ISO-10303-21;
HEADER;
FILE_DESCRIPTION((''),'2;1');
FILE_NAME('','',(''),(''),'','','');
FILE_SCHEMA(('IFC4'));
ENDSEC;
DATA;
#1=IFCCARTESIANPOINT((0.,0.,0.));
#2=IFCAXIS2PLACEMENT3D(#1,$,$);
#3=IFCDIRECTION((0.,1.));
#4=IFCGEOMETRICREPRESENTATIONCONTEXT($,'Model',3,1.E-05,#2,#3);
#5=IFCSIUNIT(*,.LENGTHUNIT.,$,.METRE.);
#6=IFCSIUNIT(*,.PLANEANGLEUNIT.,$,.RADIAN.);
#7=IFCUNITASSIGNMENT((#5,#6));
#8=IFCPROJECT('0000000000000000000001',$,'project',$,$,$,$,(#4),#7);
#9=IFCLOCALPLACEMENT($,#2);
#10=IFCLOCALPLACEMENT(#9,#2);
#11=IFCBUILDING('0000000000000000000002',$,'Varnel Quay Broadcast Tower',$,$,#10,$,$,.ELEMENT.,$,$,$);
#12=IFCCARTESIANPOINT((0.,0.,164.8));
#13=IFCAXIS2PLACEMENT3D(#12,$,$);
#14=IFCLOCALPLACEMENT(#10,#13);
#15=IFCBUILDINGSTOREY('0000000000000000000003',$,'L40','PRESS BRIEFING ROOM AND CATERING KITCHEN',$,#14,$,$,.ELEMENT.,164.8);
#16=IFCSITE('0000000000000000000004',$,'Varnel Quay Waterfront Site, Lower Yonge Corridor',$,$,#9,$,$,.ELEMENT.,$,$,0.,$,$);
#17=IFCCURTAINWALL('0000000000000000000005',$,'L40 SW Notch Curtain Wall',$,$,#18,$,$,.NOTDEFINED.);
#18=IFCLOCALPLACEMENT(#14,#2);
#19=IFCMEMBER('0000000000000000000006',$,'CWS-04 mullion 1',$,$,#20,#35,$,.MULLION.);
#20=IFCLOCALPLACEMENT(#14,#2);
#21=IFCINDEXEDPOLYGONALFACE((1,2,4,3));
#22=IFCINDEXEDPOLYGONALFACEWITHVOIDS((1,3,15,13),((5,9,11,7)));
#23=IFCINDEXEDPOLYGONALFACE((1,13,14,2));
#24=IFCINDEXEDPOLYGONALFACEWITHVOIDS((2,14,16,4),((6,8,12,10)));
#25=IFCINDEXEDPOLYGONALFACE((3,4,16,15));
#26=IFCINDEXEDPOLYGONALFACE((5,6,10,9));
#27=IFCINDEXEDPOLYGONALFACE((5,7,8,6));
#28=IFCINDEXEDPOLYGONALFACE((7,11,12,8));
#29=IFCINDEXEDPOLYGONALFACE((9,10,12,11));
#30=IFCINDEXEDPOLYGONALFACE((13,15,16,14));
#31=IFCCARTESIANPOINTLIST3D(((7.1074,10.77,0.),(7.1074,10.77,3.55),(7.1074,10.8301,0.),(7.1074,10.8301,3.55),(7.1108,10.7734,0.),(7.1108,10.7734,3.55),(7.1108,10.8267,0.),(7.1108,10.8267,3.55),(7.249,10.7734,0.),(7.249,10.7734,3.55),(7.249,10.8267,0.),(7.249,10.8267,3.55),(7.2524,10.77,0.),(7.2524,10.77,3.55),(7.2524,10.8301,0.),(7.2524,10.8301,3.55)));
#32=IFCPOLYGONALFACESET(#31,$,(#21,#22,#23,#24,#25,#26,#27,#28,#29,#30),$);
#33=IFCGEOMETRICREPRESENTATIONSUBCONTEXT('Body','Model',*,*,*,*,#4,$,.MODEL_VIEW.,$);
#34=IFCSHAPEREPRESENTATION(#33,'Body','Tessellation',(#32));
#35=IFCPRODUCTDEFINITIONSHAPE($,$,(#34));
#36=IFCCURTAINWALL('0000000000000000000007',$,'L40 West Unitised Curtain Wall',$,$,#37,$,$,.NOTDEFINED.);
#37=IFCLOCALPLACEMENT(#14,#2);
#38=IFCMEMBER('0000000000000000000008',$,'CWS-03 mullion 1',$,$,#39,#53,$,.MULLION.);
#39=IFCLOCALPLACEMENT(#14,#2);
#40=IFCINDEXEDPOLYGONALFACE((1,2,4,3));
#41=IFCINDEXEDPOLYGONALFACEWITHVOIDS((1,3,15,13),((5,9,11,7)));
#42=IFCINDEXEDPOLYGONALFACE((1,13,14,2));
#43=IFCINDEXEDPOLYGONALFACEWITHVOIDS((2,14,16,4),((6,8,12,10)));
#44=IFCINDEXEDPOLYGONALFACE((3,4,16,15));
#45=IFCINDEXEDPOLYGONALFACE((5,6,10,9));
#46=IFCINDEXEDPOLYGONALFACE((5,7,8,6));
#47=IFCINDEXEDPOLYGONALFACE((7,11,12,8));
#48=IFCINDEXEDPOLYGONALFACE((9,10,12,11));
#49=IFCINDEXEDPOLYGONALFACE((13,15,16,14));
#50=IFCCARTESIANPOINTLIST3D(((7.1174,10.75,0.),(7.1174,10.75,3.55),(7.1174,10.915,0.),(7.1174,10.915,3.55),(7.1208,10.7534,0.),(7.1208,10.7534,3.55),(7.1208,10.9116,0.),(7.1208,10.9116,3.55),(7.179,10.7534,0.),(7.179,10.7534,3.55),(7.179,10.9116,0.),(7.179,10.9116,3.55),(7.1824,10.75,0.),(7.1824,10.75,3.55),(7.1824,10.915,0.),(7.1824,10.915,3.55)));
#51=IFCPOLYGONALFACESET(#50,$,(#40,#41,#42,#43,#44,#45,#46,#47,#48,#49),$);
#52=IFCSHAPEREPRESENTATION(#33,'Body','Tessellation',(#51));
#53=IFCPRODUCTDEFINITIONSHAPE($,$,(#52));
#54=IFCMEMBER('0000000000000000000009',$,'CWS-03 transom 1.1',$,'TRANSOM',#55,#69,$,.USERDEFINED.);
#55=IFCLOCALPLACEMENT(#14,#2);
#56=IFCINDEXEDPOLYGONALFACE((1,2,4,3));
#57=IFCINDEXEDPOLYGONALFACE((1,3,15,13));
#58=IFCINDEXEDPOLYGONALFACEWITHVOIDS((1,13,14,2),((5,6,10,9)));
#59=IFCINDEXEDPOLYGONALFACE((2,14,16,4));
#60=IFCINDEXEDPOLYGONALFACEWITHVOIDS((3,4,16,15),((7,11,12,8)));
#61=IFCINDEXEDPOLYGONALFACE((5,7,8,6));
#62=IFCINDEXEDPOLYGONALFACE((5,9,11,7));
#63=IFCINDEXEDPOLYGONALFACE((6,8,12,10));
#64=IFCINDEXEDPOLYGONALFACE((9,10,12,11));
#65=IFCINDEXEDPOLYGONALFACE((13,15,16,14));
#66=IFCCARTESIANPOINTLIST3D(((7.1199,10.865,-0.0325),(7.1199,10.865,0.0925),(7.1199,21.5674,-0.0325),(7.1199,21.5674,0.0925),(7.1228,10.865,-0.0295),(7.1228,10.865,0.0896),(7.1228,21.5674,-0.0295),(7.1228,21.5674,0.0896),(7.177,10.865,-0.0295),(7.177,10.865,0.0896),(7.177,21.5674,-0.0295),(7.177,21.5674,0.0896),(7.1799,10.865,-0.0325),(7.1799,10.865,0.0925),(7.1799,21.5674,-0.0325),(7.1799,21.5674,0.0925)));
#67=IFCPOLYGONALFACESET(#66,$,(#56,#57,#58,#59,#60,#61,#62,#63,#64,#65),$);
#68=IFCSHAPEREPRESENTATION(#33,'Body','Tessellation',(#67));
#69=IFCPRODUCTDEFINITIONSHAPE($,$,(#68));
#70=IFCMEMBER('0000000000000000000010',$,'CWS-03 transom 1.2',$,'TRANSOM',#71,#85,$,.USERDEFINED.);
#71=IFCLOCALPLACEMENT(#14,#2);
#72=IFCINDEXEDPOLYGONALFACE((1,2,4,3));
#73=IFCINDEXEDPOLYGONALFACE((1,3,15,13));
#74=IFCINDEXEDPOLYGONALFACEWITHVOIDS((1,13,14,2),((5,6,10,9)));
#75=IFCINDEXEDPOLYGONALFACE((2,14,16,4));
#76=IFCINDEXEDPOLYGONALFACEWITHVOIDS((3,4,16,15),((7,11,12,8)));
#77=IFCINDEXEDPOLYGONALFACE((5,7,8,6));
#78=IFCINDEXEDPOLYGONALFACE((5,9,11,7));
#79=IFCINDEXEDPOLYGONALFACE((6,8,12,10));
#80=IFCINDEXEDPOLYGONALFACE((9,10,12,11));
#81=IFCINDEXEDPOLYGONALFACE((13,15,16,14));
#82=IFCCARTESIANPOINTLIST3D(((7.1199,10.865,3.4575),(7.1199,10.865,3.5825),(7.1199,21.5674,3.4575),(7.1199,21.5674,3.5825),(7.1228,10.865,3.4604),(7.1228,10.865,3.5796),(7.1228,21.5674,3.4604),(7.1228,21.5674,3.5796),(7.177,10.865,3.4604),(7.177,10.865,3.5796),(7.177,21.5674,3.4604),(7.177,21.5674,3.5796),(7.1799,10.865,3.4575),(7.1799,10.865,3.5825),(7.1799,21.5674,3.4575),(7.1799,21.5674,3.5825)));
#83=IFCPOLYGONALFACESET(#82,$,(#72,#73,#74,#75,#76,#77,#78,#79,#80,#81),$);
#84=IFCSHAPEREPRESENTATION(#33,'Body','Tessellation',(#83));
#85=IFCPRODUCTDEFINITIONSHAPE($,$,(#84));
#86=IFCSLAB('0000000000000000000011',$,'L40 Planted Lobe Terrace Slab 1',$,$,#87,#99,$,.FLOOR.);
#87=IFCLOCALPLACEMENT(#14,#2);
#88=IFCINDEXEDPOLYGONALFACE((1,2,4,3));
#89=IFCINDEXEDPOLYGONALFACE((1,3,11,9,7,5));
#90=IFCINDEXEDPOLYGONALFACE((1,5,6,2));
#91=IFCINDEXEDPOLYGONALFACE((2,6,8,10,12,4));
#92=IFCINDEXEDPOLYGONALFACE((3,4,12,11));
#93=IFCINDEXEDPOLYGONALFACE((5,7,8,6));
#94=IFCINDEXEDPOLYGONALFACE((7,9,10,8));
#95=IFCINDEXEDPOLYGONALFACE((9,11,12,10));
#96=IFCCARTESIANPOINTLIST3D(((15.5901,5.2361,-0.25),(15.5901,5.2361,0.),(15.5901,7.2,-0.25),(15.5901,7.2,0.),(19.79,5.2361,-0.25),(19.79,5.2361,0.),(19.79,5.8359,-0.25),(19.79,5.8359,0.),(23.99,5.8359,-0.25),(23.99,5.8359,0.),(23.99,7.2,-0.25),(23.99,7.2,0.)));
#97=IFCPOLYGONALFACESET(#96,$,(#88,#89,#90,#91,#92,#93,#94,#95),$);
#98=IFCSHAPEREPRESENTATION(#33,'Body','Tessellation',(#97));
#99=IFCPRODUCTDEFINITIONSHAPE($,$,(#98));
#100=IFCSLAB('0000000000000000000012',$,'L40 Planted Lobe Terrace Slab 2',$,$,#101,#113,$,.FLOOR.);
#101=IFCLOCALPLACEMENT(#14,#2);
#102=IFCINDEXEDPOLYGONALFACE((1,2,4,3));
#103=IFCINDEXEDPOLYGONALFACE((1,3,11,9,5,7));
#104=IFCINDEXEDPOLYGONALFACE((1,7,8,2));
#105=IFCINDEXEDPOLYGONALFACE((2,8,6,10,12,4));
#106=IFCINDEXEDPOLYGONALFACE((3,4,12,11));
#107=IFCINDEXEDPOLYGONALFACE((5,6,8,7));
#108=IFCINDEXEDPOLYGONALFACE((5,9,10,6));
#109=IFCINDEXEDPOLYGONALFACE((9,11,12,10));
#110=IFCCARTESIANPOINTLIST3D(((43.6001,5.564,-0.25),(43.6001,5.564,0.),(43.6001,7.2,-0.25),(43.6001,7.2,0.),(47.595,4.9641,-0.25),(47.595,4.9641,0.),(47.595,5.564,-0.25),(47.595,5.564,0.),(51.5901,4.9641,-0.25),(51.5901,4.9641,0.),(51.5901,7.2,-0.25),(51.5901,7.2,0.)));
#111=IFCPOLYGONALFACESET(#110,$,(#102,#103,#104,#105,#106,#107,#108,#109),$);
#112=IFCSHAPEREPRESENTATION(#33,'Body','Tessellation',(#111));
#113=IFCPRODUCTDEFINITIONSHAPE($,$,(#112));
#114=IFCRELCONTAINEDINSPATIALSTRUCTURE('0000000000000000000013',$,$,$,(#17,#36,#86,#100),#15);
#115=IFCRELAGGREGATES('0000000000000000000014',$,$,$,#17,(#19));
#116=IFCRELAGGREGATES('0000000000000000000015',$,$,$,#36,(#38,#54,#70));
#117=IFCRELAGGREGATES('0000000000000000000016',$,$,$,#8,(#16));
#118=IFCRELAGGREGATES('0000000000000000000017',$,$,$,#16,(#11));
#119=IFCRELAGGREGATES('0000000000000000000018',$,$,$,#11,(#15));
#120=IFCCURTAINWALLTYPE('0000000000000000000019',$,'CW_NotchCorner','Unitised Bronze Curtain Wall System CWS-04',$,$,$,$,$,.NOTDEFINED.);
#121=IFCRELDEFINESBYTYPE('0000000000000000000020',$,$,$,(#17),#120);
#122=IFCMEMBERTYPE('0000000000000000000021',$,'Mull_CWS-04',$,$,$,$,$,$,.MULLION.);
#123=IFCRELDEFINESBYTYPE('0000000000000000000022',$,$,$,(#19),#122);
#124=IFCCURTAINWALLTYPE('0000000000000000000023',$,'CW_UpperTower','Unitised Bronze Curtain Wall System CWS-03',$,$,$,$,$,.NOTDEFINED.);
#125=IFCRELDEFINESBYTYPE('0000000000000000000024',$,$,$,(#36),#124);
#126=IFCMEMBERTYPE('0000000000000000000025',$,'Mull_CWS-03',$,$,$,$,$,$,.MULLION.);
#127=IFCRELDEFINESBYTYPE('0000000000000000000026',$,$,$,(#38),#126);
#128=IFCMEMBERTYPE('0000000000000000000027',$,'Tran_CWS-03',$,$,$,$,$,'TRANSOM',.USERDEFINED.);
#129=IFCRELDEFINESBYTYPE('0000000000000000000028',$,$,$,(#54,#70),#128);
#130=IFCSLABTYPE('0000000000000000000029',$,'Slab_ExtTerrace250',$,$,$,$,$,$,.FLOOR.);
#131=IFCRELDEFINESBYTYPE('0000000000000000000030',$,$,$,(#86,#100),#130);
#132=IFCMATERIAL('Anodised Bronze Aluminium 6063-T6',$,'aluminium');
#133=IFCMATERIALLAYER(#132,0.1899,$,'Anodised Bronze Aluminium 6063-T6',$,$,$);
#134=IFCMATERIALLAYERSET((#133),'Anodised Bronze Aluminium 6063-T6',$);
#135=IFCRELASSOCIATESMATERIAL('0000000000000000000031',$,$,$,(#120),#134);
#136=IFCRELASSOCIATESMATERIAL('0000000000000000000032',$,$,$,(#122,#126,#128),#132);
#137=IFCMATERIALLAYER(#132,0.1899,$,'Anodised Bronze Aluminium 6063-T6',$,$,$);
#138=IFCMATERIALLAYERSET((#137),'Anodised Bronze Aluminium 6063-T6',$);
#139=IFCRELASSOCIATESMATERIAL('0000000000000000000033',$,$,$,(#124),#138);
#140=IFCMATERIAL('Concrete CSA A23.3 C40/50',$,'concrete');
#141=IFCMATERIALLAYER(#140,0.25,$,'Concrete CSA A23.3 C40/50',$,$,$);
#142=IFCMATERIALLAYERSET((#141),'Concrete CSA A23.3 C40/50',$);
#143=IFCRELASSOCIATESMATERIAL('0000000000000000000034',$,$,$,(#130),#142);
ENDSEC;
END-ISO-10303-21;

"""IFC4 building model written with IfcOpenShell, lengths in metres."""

from ifc_helpers import new_model, si_unit, direction, frame, origin, origin_2d, place, context, subcontext, project, spatial, polyline, hollow_rectangle, outline, extrude, source, transform, mapped, material, layer, layer_set, material_profile, profile_set, type_object, type_shapes, element, aggregate, save


model = new_model("IFC4")

# Units and contexts
model_context = context("Model", 3, precision=1e-05, world=origin(), true_north=direction((0.0, 1.0)))
body_context = subcontext(model_context, "Body", "Model", "MODEL_VIEW")
ifc_project = project(units=[si_unit("LENGTHUNIT", "METRE"), si_unit("PLANEANGLEUNIT", "RADIAN")], contexts=[model_context])

# Site, building, storey
site_placement = place(None, origin())
site = spatial("IfcSite", under=ifc_project, at=site_placement, Name="Varnel Quay Waterfront Site, Lower Yonge Corridor", CompositionType="ELEMENT", RefElevation=0.0)
building_placement = place(site_placement, origin())
building = spatial("IfcBuilding", under=site, at=building_placement, Name="Varnel Quay Broadcast Tower", CompositionType="ELEMENT")
storey_placement = place(building_placement, frame((0.0, 0.0, 164.8)))
storey = spatial("IfcBuildingStorey", under=building, at=storey_placement, Name="L40", Description="PRESS BRIEFING ROOM AND CATERING KITCHEN", CompositionType="ELEMENT", Elevation=164.8)

# Curtain walls, members
ifc_material_1 = material(Name="Anodised Bronze Aluminium 6063-T6", Category="aluminium")
ifc_layer_1 = layer(ifc_material_1, 0.1899, Name="Anodised Bronze Aluminium 6063-T6")
ifc_layer_set_1 = layer_set([ifc_layer_1], Name="Anodised Bronze Aluminium 6063-T6")
curtain_wall_type_1 = type_object("IfcCurtainWallType", Name="CW_NotchCorner", Description="Unitised Bronze Curtain Wall System CWS-04", PredefinedType="NOTDEFINED", material=ifc_layer_set_1)
curtain_wall_1_placement = place(storey_placement, origin())
curtain_wall_1 = element("IfcCurtainWall", 1, at=curtain_wall_1_placement, inside=storey, type_object=curtain_wall_type_1, Name="L40 SW Notch Curtain Wall", PredefinedType="NOTDEFINED")
ifc_material_profile_1 = material_profile(ifc_material_1, hollow_rectangle(XDim=0.0601, YDim=0.145, WallThickness=0.0034, at=origin_2d()), Name="ALU60X145X3.5")
ifc_profile_set_1 = profile_set([ifc_material_profile_1], Name="Anodised Bronze Aluminium 6063-T6")
member_type_1 = type_object("IfcMemberType", Name="Mull_CWS-04", PredefinedType="MULLION", material=ifc_profile_set_1)
shared_shape_1 = source(origin(), body_context, "Body", "SweptSolid", [
    extrude(hollow_rectangle(XDim=0.0601, YDim=0.145, WallThickness=0.0034, at=origin_2d()), origin(), (0.0, 0.0, 1.0), 3.55),
])
type_shapes(member_type_1, [shared_shape_1])
member_1_placement = place(storey_placement, frame((7.1799, 10.8, 0.0), z_axis=(0.0, 0.0, 1.0), x_axis=(0.0, 1.0, 0.0)))
member_1 = element("IfcMember", 2, at=member_1_placement, type_object=member_type_1, Name="CWS-04 mullion 1", PredefinedType="MULLION", context=body_context, shape_type="MappedRepresentation", body=[
    mapped(shared_shape_1, transform((0.0, 0.0, 0.0), x_axis=(1.0, 0.0, 0.0), y_axis=(0.0, 1.0, 0.0), z_axis=(0.0, 0.0, 1.0), scale=1.0)),
])
ifc_layer_2 = layer(ifc_material_1, 0.1899, Name="Anodised Bronze Aluminium 6063-T6")
ifc_layer_set_2 = layer_set([ifc_layer_2], Name="Anodised Bronze Aluminium 6063-T6")
curtain_wall_type_2 = type_object("IfcCurtainWallType", Name="CW_UpperTower", Description="Unitised Bronze Curtain Wall System CWS-03", PredefinedType="NOTDEFINED", material=ifc_layer_set_2)
curtain_wall_2_placement = place(storey_placement, origin())
curtain_wall_2 = element("IfcCurtainWall", 3, at=curtain_wall_2_placement, inside=storey, type_object=curtain_wall_type_2, Name="L40 West Unitised Curtain Wall", PredefinedType="NOTDEFINED")
ifc_material_profile_2 = material_profile(ifc_material_1, hollow_rectangle(XDim=0.0649, YDim=0.165, WallThickness=0.0034, at=origin_2d()), Name="ALU65X165X3.5")
ifc_profile_set_2 = profile_set([ifc_material_profile_2], Name="Anodised Bronze Aluminium 6063-T6")
member_type_2 = type_object("IfcMemberType", Name="Mull_CWS-03", PredefinedType="MULLION", material=ifc_profile_set_2)
shared_shape_2 = source(origin(), body_context, "Body", "SweptSolid", [
    extrude(hollow_rectangle(XDim=0.0649, YDim=0.165, WallThickness=0.0034, at=origin_2d()), origin(), (0.0, 0.0, 1.0), 3.55),
])
type_shapes(member_type_2, [shared_shape_2])
member_2_placement = place(storey_placement, frame((7.1499, 10.8325, 0.0), z_axis=(0.0, 0.0, 1.0), x_axis=(-1.0, 0.0, 0.0)))
member_2 = element("IfcMember", 4, at=member_2_placement, type_object=member_type_2, Name="CWS-03 mullion 1", PredefinedType="MULLION", context=body_context, shape_type="MappedRepresentation", body=[
    mapped(shared_shape_2, transform((0.0, 0.0, 0.0), x_axis=(1.0, 0.0, 0.0), y_axis=(0.0, 1.0, 0.0), z_axis=(0.0, 0.0, 1.0), scale=1.0)),
])
ifc_material_profile_3 = material_profile(ifc_material_1, hollow_rectangle(XDim=0.0601, YDim=0.125, WallThickness=0.0029, at=origin_2d()), Name="ALU60X125X3")
ifc_profile_set_3 = profile_set([ifc_material_profile_3], Name="Anodised Bronze Aluminium 6063-T6")
member_type_3 = type_object("IfcMemberType", Name="Tran_CWS-03", ElementType="TRANSOM", PredefinedType="USERDEFINED", material=ifc_profile_set_3)
shared_shape_3 = source(origin(), body_context, "Body", "SweptSolid", [
    extrude(hollow_rectangle(XDim=0.0601, YDim=0.125, WallThickness=0.0029, at=origin_2d()), origin(), (0.0, 0.0, 1.0), 10.7024),
])
type_shapes(member_type_3, [shared_shape_3])
member_3_placement = place(storey_placement, frame((7.1499, 10.865, 0.03), z_axis=(0.0, 1.0, 0.0), x_axis=(-1.0, 0.0, 0.0)))
member_3 = element("IfcMember", 5, at=member_3_placement, type_object=member_type_3, Name="CWS-03 transom 1.1", ObjectType="TRANSOM", PredefinedType="USERDEFINED", context=body_context, shape_type="MappedRepresentation", body=[
    mapped(shared_shape_3, transform((0.0, 0.0, 0.0), x_axis=(1.0, 0.0, 0.0), y_axis=(0.0, 1.0, 0.0), z_axis=(0.0, 0.0, 1.0), scale=1.0)),
])
member_4_placement = place(storey_placement, frame((7.1499, 10.865, 3.52), z_axis=(0.0, 1.0, 0.0), x_axis=(-1.0, 0.0, 0.0)))
member_4 = element("IfcMember", 6, at=member_4_placement, type_object=member_type_3, Name="CWS-03 transom 1.2", ObjectType="TRANSOM", PredefinedType="USERDEFINED", context=body_context, shape_type="MappedRepresentation", body=[
    mapped(shared_shape_3, transform((0.0, 0.0, 0.0), x_axis=(1.0, 0.0, 0.0), y_axis=(0.0, 1.0, 0.0), z_axis=(0.0, 0.0, 1.0), scale=1.0)),
])

# Slabs
ifc_material_2 = material(Name="Concrete CSA A23.3 C40/50", Category="concrete")
ifc_layer_3 = layer(ifc_material_2, 0.25, Name="Concrete CSA A23.3 C40/50")
ifc_layer_set_3 = layer_set([ifc_layer_3], Name="Concrete CSA A23.3 C40/50")
slab_type_1 = type_object("IfcSlabType", Name="Slab_ExtTerrace250", PredefinedType="FLOOR", material=ifc_layer_set_3)
slab_1_placement = place(storey_placement, frame((0.0, 0.0, -0.25)))
element("IfcSlab", 7, at=slab_1_placement, inside=storey, type_object=slab_type_1, Name="L40 Planted Lobe Terrace Slab 1", PredefinedType="FLOOR", context=body_context, shape_type="SweptSolid", body=[
    extrude(outline(polyline([(15.5901, 5.2361), (19.79, 5.2361), (19.79, 5.8359), (23.99, 5.8359), (23.99, 7.2), (15.5901, 7.2), (15.5901, 5.2361)])), origin(), (0.0, 0.0, 1.0), 0.25),
])
slab_2_placement = place(storey_placement, frame((0.0, 0.0, -0.25)))
element("IfcSlab", 8, at=slab_2_placement, inside=storey, type_object=slab_type_1, Name="L40 Planted Lobe Terrace Slab 2", PredefinedType="FLOOR", context=body_context, shape_type="SweptSolid", body=[
    extrude(outline(polyline([(43.6001, 5.564), (47.595, 5.564), (47.595, 4.9641), (51.5901, 4.9641), (51.5901, 7.2), (43.6001, 7.2), (43.6001, 5.564)])), origin(), (0.0, 0.0, 1.0), 0.25),
])

aggregate(curtain_wall_1, [member_1])
aggregate(curtain_wall_2, [member_2, member_3, member_4])

save(model, "model.ifc")
